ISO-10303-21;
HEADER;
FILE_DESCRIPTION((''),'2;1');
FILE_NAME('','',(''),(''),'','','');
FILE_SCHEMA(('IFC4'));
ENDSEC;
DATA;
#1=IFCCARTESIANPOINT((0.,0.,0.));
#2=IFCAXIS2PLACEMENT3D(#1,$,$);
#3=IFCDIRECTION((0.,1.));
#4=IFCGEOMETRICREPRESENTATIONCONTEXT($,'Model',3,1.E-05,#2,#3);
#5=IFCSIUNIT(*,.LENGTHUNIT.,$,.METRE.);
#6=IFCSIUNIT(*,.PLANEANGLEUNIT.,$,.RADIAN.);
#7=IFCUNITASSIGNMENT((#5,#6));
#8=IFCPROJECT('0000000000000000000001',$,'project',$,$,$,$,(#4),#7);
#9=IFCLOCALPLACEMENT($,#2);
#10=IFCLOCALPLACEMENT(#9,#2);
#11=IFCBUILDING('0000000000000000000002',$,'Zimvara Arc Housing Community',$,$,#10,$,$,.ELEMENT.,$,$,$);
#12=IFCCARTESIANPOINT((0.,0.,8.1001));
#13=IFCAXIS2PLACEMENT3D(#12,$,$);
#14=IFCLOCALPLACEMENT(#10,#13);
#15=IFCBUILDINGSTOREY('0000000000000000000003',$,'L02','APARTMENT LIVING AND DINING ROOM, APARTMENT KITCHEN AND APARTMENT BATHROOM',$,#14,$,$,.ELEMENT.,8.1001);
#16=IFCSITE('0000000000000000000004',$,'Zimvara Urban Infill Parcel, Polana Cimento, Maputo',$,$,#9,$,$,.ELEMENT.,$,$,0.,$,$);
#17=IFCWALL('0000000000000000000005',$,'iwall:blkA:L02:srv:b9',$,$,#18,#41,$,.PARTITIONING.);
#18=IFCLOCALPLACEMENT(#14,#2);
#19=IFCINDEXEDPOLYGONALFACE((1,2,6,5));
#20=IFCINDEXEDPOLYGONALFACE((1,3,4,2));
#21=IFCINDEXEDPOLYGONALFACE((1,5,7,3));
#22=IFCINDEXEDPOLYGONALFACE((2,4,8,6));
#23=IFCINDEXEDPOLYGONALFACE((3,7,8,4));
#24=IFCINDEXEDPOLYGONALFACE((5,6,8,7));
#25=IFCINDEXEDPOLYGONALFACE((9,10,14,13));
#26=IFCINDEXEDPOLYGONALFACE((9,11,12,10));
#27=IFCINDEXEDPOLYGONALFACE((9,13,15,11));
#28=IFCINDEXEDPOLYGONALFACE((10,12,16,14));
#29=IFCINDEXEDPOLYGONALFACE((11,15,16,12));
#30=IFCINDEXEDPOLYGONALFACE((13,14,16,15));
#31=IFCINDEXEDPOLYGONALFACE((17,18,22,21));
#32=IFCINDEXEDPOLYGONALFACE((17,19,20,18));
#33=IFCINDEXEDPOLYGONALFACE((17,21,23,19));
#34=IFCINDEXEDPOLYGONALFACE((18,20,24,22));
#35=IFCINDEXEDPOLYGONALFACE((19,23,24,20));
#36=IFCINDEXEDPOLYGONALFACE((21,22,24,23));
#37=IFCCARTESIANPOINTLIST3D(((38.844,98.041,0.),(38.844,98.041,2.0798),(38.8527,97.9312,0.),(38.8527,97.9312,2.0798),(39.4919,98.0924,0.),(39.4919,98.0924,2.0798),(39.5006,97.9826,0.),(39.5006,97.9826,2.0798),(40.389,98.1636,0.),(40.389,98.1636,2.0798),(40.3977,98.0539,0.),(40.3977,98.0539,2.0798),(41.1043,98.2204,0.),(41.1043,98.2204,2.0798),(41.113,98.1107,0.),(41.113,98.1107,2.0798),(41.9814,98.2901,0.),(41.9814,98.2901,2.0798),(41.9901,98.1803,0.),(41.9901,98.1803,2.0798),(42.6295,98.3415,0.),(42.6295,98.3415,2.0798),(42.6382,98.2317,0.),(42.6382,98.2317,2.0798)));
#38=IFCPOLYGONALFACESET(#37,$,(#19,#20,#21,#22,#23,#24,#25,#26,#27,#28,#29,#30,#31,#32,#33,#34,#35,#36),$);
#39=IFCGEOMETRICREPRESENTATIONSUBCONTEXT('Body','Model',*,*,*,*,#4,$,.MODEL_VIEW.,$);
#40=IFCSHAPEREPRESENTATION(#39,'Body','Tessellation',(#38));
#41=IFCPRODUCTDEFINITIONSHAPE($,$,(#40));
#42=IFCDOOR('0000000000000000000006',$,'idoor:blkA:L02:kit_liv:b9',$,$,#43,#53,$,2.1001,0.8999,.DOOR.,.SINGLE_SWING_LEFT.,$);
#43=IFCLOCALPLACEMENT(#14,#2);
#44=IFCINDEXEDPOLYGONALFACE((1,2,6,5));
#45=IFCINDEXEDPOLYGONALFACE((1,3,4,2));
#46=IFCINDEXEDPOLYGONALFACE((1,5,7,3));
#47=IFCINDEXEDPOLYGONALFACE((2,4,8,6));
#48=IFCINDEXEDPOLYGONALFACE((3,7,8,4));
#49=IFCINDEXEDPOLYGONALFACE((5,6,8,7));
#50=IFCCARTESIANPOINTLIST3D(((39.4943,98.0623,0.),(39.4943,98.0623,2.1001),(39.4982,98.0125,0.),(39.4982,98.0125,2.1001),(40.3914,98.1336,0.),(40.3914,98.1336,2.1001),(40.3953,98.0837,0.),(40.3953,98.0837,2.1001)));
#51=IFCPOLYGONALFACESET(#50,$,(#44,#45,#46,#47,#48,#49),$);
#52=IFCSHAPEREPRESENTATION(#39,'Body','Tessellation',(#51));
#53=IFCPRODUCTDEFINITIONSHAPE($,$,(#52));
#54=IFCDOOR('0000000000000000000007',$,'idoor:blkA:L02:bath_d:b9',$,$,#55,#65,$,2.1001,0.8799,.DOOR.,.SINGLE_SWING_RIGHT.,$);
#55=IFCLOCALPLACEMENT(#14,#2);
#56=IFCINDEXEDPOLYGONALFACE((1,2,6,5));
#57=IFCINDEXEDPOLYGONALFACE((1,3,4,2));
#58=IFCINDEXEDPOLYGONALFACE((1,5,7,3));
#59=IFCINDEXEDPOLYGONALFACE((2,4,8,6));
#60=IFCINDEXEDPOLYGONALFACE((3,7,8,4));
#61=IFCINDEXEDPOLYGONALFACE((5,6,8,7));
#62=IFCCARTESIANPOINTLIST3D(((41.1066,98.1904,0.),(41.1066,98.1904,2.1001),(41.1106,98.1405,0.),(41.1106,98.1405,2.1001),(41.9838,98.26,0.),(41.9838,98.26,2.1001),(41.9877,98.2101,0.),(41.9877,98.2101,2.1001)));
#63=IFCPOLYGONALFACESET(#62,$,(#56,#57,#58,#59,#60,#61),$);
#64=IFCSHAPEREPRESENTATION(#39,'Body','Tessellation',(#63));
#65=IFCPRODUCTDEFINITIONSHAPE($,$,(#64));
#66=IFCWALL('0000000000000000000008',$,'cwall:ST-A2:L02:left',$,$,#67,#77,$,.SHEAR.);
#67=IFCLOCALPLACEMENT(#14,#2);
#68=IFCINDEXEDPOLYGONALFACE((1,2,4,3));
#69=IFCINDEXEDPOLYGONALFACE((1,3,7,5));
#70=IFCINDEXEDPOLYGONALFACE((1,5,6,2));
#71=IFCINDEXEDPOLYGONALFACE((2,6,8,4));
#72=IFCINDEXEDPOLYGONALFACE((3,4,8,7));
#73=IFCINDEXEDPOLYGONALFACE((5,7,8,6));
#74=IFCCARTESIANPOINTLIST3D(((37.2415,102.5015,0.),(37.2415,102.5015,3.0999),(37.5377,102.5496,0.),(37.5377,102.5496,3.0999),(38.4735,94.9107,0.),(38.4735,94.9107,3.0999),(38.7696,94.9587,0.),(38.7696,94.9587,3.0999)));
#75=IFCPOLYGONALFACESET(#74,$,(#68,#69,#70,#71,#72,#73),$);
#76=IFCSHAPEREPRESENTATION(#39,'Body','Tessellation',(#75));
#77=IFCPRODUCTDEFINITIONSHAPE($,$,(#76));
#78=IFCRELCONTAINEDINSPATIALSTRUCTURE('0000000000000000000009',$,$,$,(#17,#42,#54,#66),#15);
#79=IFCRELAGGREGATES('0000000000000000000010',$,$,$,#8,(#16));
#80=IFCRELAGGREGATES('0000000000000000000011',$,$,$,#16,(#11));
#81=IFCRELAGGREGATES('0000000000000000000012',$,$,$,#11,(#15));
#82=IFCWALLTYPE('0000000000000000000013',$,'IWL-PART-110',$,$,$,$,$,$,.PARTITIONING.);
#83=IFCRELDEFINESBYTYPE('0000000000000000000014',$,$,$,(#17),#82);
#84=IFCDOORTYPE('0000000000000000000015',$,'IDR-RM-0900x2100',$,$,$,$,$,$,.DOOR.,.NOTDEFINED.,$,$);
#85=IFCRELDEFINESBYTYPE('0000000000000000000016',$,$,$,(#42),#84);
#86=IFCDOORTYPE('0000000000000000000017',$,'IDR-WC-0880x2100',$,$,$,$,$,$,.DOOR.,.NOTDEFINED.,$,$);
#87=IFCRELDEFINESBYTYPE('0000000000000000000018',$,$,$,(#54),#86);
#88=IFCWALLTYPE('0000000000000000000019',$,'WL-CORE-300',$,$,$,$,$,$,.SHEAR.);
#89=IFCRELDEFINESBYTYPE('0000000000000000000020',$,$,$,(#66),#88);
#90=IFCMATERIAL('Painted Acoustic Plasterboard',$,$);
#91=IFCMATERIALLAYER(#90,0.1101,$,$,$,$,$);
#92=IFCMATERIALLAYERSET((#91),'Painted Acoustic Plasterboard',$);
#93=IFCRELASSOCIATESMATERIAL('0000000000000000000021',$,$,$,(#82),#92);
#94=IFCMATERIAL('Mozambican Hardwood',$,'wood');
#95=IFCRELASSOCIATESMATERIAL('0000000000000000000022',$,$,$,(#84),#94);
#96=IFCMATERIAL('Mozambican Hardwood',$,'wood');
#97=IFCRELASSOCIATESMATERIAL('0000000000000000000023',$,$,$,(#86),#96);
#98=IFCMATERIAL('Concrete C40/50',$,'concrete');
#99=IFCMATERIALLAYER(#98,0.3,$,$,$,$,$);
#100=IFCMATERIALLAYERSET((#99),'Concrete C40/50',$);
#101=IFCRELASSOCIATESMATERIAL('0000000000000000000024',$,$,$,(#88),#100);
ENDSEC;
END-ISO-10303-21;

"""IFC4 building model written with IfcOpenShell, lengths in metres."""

from ifc_helpers import new_model, si_unit, direction, frame, frame_2d, origin, place, context, subcontext, project, spatial, rectangle, extrude, material, layer, layer_set, type_object, element, fill, save


model = new_model("IFC4")

# Units and contexts
model_context = context("Model", 3, precision=1e-05, world=origin(), true_north=direction((0.0, 1.0)))
body_context = subcontext(model_context, "Body", "Model", "MODEL_VIEW")
ifc_project = project(units=[si_unit("LENGTHUNIT", "METRE"), si_unit("PLANEANGLEUNIT", "RADIAN")], contexts=[model_context])

# Site, building, storey
site_placement = place(None, origin())
site = spatial("IfcSite", under=ifc_project, at=site_placement, Name="Zimvara Urban Infill Parcel, Polana Cimento, Maputo", CompositionType="ELEMENT", RefElevation=0.0)
building_placement = place(site_placement, origin())
building = spatial("IfcBuilding", under=site, at=building_placement, Name="Zimvara Arc Housing Community", CompositionType="ELEMENT")
storey_placement = place(building_placement, frame((0.0, 0.0, 8.1001)))
storey = spatial("IfcBuildingStorey", under=building, at=storey_placement, Name="L02", Description="APARTMENT LIVING AND DINING ROOM, APARTMENT KITCHEN AND APARTMENT BATHROOM", CompositionType="ELEMENT", Elevation=8.1001)

# Wall, openings, doors
ifc_material_1 = material(Name="Painted Acoustic Plasterboard")
ifc_layer_1 = layer(ifc_material_1, 0.1101)
ifc_layer_set_1 = layer_set([ifc_layer_1], Name="Painted Acoustic Plasterboard")
wall_type_1 = type_object("IfcWallType", Name="IWL-PART-110", PredefinedType="PARTITIONING", material=ifc_layer_set_1)
wall_1_placement = place(storey_placement, frame((38.8484, 97.9861, 0.0), z_axis=(0.0, 0.0, 1.0), x_axis=(0.996863, 0.079145, 0.0)))
wall_1 = element("IfcWall", 1, at=wall_1_placement, inside=storey, type_object=wall_type_1, Name="iwall:blkA:L02:srv:b9", PredefinedType="PARTITIONING", context=body_context, shape_type="SweptSolid", body=[
    extrude(rectangle(XDim=3.7974, YDim=0.1101, at=frame_2d((1.8987, 0.0))), origin(), (0.0, 0.0, 1.0), 2.0798),
])
opening_1_placement = place(wall_1_placement, frame((0.6499, 0.0, 0.0)))
opening_1 = element("IfcOpeningElement", 2, at=opening_1_placement, cuts=wall_1, PredefinedType="OPENING", context=body_context, shape_type="SweptSolid", body=[
    extrude(rectangle(XDim=0.8999, YDim=2.1001, at=frame_2d((0.45, 1.05))), frame((0.0, 0.0649, 0.0), z_axis=(0.0, -1.0, 0.0), x_axis=(1.0, 0.0, 0.0)), (0.0, 0.0, 1.0), 0.1301),
])
opening_2_placement = place(wall_1_placement, frame((2.2673, 0.0, 0.0)))
opening_2 = element("IfcOpeningElement", 3, at=opening_2_placement, cuts=wall_1, PredefinedType="OPENING", context=body_context, shape_type="SweptSolid", body=[
    extrude(rectangle(XDim=0.8799, YDim=2.1001, at=frame_2d((0.4399, 1.05))), frame((0.0, 0.0649, 0.0), z_axis=(0.0, -1.0, 0.0), x_axis=(1.0, 0.0, 0.0)), (0.0, 0.0, 1.0), 0.1301),
])
ifc_material_2 = material(Name="Mozambican Hardwood", Category="wood")
door_type_1 = type_object("IfcDoorType", Name="IDR-RM-0900x2100", OperationType="NOTDEFINED", PredefinedType="DOOR", material=ifc_material_2)
door_1_placement = place(opening_1_placement, origin())
door_1 = element("IfcDoor", 4, at=door_1_placement, inside=storey, type_object=door_type_1, Name="idoor:blkA:L02:kit_liv:b9", OperationType="SINGLE_SWING_LEFT", OverallHeight=2.1001, OverallWidth=0.8999, PredefinedType="DOOR", context=body_context, shape_type="SweptSolid", body=[
    extrude(rectangle(XDim=0.8999, YDim=2.1001, at=frame_2d((0.45, 1.05))), frame((0.0, 0.0249, 0.0), z_axis=(0.0, -1.0, 0.0), x_axis=(1.0, 0.0, 0.0)), (0.0, 0.0, 1.0), 0.05),
])
fill(opening_1, door_1)
ifc_material_3 = material(Name="Mozambican Hardwood", Category="wood")
door_type_2 = type_object("IfcDoorType", Name="IDR-WC-0880x2100", OperationType="NOTDEFINED", PredefinedType="DOOR", material=ifc_material_3)
door_2_placement = place(opening_2_placement, origin())
door_2 = element("IfcDoor", 5, at=door_2_placement, inside=storey, type_object=door_type_2, Name="idoor:blkA:L02:bath_d:b9", OperationType="SINGLE_SWING_RIGHT", OverallHeight=2.1001, OverallWidth=0.8799, PredefinedType="DOOR", context=body_context, shape_type="SweptSolid", body=[
    extrude(rectangle(XDim=0.8799, YDim=2.1001, at=frame_2d((0.4399, 1.05))), frame((0.0, 0.0249, 0.0), z_axis=(0.0, -1.0, 0.0), x_axis=(1.0, 0.0, 0.0)), (0.0, 0.0, 1.0), 0.05),
])
fill(opening_2, door_2)

# Shared definitions
ifc_material_4 = material(Name="Concrete C40/50", Category="concrete")
ifc_layer_2 = layer(ifc_material_4, 0.3)
ifc_layer_set_2 = layer_set([ifc_layer_2], Name="Concrete C40/50")
wall_type_2 = type_object("IfcWallType", Name="WL-CORE-300", PredefinedType="SHEAR", material=ifc_layer_set_2)

# Wall
wall_2_placement = place(storey_placement, frame((38.6216, 94.9346, 0.0), z_axis=(0.0, 0.0, 1.0), x_axis=(-0.160197, 0.987085, 0.0)))
element("IfcWall", 6, at=wall_2_placement, inside=storey, type_object=wall_type_2, Name="cwall:ST-A2:L02:left", PredefinedType="SHEAR", context=body_context, shape_type="SweptSolid", body=[
    extrude(rectangle(XDim=7.6902, YDim=0.3, at=frame_2d((3.8452, 0.0))), origin(), (0.0, 0.0, 1.0), 3.0999),
])

save(model, "model.ifc")
